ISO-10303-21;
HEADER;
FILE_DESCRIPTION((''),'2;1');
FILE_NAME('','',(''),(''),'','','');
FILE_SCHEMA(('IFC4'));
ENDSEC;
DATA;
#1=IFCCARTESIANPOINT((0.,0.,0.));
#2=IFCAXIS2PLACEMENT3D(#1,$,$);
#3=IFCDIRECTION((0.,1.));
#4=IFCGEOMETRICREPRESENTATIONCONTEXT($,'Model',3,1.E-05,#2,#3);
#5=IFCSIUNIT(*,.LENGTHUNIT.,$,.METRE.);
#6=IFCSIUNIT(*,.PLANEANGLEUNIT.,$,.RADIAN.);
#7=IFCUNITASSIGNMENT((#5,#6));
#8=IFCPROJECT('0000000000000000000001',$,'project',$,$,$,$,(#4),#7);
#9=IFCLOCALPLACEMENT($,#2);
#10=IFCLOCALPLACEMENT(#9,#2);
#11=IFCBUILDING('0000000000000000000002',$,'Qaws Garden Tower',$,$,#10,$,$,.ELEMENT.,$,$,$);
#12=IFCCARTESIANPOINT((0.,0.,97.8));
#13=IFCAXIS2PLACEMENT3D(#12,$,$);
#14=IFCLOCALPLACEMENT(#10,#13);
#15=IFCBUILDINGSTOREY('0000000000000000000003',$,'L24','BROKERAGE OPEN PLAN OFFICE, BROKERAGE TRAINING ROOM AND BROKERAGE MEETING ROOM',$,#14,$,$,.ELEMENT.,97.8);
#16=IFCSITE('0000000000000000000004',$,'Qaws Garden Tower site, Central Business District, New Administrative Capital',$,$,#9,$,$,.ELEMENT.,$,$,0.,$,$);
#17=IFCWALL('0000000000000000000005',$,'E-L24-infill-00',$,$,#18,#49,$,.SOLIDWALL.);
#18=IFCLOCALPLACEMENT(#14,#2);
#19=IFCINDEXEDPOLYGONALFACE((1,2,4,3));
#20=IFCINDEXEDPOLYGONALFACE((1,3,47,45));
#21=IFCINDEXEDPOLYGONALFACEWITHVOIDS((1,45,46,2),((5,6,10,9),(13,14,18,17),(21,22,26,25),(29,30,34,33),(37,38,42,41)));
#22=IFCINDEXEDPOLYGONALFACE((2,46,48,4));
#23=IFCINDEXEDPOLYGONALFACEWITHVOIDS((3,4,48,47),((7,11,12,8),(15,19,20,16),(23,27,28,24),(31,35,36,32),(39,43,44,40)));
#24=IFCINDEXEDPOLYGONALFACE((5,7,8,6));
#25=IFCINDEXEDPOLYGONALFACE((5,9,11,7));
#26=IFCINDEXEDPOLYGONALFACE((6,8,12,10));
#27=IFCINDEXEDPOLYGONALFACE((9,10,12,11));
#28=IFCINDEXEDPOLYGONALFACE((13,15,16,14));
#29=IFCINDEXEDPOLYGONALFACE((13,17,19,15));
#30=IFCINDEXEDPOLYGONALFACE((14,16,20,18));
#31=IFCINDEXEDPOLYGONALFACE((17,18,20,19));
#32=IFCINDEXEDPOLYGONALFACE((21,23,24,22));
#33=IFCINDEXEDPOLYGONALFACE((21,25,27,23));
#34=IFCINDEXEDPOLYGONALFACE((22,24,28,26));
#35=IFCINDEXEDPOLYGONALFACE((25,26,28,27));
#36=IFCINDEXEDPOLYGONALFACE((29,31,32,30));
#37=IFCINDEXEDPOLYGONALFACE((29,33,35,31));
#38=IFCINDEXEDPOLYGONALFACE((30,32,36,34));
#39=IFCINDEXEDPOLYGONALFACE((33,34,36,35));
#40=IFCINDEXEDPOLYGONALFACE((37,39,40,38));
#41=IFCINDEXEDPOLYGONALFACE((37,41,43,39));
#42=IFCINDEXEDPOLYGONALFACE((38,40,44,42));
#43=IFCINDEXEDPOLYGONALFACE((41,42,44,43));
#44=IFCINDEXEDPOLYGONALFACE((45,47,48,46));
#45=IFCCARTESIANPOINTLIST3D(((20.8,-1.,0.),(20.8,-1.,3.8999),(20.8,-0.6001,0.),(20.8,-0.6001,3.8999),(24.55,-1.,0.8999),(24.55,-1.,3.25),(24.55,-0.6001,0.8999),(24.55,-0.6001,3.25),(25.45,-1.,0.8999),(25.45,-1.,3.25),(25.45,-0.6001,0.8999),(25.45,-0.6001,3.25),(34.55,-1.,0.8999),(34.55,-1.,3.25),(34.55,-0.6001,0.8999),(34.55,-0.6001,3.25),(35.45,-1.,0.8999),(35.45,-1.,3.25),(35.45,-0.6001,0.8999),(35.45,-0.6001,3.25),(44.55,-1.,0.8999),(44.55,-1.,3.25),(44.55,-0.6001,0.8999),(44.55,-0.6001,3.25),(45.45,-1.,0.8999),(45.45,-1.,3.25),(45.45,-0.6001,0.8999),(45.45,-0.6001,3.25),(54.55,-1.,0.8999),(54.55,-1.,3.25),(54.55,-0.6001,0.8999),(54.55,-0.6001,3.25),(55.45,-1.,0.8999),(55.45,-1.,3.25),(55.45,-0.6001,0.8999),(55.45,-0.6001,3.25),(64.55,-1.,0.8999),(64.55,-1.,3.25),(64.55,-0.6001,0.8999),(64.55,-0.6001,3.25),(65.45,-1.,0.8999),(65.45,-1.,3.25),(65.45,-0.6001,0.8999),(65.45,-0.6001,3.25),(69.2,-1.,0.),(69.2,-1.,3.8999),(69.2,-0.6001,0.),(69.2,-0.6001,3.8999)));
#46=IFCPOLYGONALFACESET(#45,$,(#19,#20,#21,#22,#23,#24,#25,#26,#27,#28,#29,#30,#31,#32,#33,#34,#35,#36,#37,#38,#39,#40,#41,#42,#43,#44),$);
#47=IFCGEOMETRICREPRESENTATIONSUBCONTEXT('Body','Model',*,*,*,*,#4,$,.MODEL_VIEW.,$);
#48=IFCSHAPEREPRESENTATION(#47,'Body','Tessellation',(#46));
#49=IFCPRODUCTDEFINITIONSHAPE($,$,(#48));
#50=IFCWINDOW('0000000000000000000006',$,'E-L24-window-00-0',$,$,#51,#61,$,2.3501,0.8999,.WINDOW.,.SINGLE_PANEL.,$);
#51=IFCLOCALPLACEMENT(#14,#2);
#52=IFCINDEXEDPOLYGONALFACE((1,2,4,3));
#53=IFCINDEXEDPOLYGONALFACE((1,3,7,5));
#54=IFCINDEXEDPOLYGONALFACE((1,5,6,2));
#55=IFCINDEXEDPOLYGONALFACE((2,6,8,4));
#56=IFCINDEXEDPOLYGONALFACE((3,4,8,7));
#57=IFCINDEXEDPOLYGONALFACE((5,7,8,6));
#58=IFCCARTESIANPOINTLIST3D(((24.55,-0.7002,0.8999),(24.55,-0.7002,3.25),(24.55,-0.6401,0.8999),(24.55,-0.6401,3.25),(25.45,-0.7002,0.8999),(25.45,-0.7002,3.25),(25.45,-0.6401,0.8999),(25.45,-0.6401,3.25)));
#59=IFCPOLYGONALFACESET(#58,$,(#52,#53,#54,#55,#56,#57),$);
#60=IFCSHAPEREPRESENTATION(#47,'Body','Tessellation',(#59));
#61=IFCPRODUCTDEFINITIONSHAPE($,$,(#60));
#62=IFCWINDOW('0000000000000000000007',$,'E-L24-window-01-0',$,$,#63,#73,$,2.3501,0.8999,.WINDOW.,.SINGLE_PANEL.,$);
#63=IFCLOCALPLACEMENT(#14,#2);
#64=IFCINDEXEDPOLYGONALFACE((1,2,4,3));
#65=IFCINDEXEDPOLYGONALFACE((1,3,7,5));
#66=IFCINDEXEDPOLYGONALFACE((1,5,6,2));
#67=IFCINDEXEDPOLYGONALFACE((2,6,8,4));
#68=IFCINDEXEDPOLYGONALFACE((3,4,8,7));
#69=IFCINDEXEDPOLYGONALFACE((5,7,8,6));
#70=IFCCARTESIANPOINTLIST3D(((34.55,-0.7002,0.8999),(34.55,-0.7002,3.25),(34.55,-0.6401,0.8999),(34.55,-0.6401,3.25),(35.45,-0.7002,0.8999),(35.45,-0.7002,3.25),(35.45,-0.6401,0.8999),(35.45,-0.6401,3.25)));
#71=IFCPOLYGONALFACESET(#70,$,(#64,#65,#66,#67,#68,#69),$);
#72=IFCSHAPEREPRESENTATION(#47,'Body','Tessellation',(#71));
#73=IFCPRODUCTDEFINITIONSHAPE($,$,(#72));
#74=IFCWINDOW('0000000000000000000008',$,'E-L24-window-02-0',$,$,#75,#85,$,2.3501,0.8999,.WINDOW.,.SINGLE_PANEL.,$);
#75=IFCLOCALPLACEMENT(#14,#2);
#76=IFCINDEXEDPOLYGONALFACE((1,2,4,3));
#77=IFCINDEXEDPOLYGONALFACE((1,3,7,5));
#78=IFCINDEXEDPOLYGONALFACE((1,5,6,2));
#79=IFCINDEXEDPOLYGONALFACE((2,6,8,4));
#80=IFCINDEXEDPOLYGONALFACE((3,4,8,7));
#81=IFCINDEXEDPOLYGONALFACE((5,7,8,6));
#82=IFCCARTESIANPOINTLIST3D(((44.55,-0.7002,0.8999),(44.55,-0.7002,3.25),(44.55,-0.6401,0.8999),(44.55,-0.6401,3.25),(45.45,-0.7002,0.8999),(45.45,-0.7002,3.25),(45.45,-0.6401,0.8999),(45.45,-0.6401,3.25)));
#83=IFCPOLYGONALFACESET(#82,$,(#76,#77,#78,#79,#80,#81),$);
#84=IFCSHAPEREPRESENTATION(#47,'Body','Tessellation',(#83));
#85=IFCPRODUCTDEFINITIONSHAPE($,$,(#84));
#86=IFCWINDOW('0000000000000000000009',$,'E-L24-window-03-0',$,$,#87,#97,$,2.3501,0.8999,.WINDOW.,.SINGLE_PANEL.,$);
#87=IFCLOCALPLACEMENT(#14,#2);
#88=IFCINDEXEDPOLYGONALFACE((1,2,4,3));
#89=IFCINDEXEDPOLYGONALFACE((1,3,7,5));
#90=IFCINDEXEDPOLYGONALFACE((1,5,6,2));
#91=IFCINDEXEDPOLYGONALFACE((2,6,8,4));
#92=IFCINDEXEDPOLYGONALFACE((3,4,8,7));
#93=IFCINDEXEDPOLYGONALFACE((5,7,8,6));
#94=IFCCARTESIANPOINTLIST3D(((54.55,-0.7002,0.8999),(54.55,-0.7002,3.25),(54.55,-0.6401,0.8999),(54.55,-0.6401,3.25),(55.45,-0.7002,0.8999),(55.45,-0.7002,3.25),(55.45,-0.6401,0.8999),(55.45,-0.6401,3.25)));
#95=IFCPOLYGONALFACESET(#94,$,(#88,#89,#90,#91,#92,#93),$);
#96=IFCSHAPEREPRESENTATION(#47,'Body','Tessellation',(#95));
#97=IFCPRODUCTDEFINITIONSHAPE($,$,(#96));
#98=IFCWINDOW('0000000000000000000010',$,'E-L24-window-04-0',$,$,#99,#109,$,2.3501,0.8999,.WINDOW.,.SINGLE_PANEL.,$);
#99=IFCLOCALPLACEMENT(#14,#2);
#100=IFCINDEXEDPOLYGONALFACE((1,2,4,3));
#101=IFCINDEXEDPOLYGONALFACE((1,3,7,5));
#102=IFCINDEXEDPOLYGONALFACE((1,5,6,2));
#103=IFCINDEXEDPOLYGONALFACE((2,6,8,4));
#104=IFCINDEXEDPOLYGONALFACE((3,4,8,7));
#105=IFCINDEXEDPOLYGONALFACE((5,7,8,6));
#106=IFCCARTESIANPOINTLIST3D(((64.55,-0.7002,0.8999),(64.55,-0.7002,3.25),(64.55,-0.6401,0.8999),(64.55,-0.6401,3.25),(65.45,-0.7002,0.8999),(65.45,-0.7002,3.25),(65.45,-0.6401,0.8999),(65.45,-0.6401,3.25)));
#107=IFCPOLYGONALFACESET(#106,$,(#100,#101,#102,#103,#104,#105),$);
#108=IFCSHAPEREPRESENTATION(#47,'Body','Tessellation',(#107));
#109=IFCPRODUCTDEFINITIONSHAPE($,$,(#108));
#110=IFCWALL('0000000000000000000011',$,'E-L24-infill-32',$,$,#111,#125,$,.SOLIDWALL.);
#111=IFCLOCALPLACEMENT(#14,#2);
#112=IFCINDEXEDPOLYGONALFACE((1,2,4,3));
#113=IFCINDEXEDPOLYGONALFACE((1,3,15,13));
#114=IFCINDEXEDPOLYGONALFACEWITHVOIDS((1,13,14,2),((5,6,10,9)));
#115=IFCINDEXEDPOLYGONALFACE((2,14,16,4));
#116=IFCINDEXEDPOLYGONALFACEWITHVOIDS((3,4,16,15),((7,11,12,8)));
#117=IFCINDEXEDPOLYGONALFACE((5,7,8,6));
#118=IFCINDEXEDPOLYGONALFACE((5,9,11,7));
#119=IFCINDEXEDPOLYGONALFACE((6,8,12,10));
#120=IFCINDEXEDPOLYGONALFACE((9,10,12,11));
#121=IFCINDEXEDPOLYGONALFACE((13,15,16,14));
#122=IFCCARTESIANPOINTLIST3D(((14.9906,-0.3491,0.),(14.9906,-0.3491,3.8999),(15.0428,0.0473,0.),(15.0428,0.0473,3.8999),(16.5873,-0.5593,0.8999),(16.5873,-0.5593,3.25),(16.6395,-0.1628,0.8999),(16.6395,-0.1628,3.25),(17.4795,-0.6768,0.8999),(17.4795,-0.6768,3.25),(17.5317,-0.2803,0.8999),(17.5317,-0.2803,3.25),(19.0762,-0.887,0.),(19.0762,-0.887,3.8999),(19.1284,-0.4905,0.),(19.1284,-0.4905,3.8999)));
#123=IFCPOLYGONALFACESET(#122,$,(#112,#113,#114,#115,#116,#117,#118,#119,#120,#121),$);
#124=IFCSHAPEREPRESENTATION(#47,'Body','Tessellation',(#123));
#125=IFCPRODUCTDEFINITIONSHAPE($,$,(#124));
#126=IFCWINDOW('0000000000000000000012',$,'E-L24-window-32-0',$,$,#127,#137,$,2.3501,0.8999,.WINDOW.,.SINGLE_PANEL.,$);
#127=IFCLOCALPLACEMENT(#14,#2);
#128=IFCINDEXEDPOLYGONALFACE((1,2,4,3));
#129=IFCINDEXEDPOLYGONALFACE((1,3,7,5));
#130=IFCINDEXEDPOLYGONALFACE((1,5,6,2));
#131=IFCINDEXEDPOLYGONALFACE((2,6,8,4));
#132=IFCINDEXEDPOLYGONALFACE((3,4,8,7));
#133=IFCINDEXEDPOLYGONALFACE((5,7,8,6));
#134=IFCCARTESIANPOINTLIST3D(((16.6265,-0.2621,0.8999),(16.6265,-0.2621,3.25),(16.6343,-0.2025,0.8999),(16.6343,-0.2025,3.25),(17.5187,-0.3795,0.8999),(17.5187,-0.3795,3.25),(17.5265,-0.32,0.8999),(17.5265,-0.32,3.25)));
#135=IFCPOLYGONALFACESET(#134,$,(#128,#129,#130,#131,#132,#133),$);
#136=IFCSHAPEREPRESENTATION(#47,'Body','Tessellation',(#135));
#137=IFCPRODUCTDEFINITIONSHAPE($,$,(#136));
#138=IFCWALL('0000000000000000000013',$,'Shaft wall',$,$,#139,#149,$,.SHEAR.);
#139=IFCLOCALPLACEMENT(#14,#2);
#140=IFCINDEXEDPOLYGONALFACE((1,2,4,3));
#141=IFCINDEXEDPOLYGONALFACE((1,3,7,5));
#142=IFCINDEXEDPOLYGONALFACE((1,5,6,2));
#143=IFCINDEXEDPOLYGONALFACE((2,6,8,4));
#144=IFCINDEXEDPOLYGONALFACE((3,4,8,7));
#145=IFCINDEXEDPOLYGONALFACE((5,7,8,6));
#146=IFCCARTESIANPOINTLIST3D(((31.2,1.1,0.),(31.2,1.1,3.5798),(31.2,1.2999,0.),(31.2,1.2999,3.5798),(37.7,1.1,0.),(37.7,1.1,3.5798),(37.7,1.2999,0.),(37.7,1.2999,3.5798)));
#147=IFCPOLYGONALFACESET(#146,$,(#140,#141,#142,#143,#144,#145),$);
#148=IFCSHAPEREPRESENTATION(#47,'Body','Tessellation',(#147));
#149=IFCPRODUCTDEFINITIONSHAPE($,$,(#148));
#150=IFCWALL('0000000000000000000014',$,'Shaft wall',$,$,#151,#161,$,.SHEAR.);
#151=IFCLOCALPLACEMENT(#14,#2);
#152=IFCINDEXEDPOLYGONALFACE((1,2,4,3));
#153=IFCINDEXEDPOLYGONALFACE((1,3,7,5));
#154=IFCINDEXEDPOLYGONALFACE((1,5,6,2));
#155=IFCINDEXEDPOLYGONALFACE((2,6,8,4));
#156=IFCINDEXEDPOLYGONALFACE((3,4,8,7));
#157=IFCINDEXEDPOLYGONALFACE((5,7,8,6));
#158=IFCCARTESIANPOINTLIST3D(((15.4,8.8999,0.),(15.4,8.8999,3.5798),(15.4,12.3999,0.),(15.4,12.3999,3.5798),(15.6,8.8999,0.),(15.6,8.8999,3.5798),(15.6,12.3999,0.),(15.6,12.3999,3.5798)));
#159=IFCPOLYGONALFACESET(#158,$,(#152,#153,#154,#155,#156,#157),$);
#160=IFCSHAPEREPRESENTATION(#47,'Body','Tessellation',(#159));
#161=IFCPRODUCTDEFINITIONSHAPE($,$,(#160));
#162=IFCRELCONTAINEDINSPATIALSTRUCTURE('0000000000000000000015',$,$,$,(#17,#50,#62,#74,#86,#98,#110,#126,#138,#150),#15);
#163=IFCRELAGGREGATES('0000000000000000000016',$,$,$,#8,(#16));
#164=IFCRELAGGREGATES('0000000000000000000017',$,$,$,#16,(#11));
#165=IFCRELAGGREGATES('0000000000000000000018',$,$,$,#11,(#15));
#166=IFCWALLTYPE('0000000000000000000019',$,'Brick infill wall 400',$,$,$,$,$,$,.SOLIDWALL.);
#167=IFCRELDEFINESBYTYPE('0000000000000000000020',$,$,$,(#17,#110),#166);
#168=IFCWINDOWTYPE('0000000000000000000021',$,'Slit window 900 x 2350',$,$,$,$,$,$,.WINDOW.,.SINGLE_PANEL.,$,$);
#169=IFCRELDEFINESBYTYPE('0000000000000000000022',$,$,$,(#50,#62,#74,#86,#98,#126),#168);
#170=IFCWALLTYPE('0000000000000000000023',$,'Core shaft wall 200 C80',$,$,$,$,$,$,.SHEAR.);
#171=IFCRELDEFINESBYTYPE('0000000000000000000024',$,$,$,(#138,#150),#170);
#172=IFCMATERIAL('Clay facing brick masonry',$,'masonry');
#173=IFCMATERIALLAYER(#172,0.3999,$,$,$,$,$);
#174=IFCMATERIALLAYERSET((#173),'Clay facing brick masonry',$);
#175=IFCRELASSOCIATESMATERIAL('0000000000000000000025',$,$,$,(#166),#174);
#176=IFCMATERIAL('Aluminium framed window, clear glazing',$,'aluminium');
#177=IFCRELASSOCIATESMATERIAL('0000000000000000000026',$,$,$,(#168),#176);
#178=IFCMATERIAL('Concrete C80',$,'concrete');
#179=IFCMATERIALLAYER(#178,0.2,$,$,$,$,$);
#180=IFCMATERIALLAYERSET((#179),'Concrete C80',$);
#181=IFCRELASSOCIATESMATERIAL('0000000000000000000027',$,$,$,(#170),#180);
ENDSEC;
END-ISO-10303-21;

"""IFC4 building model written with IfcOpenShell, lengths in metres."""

from ifc_helpers import new_model, si_unit, direction, frame, frame_2d, origin, place, context, subcontext, project, spatial, rectangle, extrude, material, layer, layer_set, type_object, element, fill, save


model = new_model("IFC4")

# Units and contexts
model_context = context("Model", 3, precision=1e-05, world=origin(), true_north=direction((0.0, 1.0)))
body_context = subcontext(model_context, "Body", "Model", "MODEL_VIEW")
ifc_project = project(units=[si_unit("LENGTHUNIT", "METRE"), si_unit("PLANEANGLEUNIT", "RADIAN")], contexts=[model_context])

# Site, building, storey
site_placement = place(None, origin())
site = spatial("IfcSite", under=ifc_project, at=site_placement, Name="Qaws Garden Tower site, Central Business District, New Administrative Capital", CompositionType="ELEMENT", RefElevation=0.0)
building_placement = place(site_placement, origin())
building = spatial("IfcBuilding", under=site, at=building_placement, Name="Qaws Garden Tower", CompositionType="ELEMENT")
storey_placement = place(building_placement, frame((0.0, 0.0, 97.8)))
storey = spatial("IfcBuildingStorey", under=building, at=storey_placement, Name="L24", Description="BROKERAGE OPEN PLAN OFFICE, BROKERAGE TRAINING ROOM AND BROKERAGE MEETING ROOM", CompositionType="ELEMENT", Elevation=97.8)

# Wall, openings, windows
ifc_material_1 = material(Name="Clay facing brick masonry", Category="masonry")
ifc_layer_1 = layer(ifc_material_1, 0.3999)
ifc_layer_set_1 = layer_set([ifc_layer_1], Name="Clay facing brick masonry")
wall_type_1 = type_object("IfcWallType", Name="Brick infill wall 400", PredefinedType="SOLIDWALL", material=ifc_layer_set_1)
wall_1_placement = place(storey_placement, frame((20.8, -0.8, 0.0), z_axis=(0.0, 0.0, 1.0), x_axis=(1.0, 0.0, 0.0)))
wall_1 = element("IfcWall", 1, at=wall_1_placement, inside=storey, type_object=wall_type_1, Name="E-L24-infill-00", PredefinedType="SOLIDWALL", context=body_context, shape_type="SweptSolid", body=[
    extrude(rectangle(XDim=48.3999, YDim=0.3999, at=frame_2d((24.2, 0.0))), origin(), (0.0, 0.0, 1.0), 3.8999),
])
opening_1_placement = place(wall_1_placement, frame((3.75, 0.0, 0.8999)))
opening_1 = element("IfcOpeningElement", 2, at=opening_1_placement, cuts=wall_1, PredefinedType="OPENING", context=body_context, shape_type="SweptSolid", body=[
    extrude(rectangle(XDim=0.8999, YDim=2.3501, at=frame_2d((0.45, 1.175))), frame((0.0, 0.21, 0.0), z_axis=(0.0, -1.0, 0.0), x_axis=(1.0, 0.0, 0.0)), (0.0, 0.0, 1.0), 0.4199),
])
opening_2_placement = place(wall_1_placement, frame((13.75, 0.0, 0.8999)))
opening_2 = element("IfcOpeningElement", 3, at=opening_2_placement, cuts=wall_1, PredefinedType="OPENING", context=body_context, shape_type="SweptSolid", body=[
    extrude(rectangle(XDim=0.8999, YDim=2.3501, at=frame_2d((0.45, 1.175))), frame((0.0, 0.21, 0.0), z_axis=(0.0, -1.0, 0.0), x_axis=(1.0, 0.0, 0.0)), (0.0, 0.0, 1.0), 0.4199),
])
opening_3_placement = place(wall_1_placement, frame((23.75, 0.0, 0.8999)))
opening_3 = element("IfcOpeningElement", 4, at=opening_3_placement, cuts=wall_1, PredefinedType="OPENING", context=body_context, shape_type="SweptSolid", body=[
    extrude(rectangle(XDim=0.8999, YDim=2.3501, at=frame_2d((0.45, 1.175))), frame((0.0, 0.21, 0.0), z_axis=(0.0, -1.0, 0.0), x_axis=(1.0, 0.0, 0.0)), (0.0, 0.0, 1.0), 0.4199),
])
opening_4_placement = place(wall_1_placement, frame((33.75, 0.0, 0.8999)))
opening_4 = element("IfcOpeningElement", 5, at=opening_4_placement, cuts=wall_1, PredefinedType="OPENING", context=body_context, shape_type="SweptSolid", body=[
    extrude(rectangle(XDim=0.8999, YDim=2.3501, at=frame_2d((0.45, 1.175))), frame((0.0, 0.21, 0.0), z_axis=(0.0, -1.0, 0.0), x_axis=(1.0, 0.0, 0.0)), (0.0, 0.0, 1.0), 0.4199),
])
opening_5_placement = place(wall_1_placement, frame((43.75, 0.0, 0.8999)))
opening_5 = element("IfcOpeningElement", 6, at=opening_5_placement, cuts=wall_1, PredefinedType="OPENING", context=body_context, shape_type="SweptSolid", body=[
    extrude(rectangle(XDim=0.8999, YDim=2.3501, at=frame_2d((0.45, 1.175))), frame((0.0, 0.21, 0.0), z_axis=(0.0, -1.0, 0.0), x_axis=(1.0, 0.0, 0.0)), (0.0, 0.0, 1.0), 0.4199),
])
ifc_material_2 = material(Name="Aluminium framed window, clear glazing", Category="aluminium")
window_type = type_object("IfcWindowType", Name="Slit window 900 x 2350", PartitioningType="SINGLE_PANEL", PredefinedType="WINDOW", material=ifc_material_2)
window_1_placement = place(opening_1_placement, origin())
window_1 = element("IfcWindow", 7, at=window_1_placement, inside=storey, type_object=window_type, Name="E-L24-window-00-0", OverallHeight=2.3501, OverallWidth=0.8999, PartitioningType="SINGLE_PANEL", PredefinedType="WINDOW", context=body_context, shape_type="SweptSolid", body=[
    extrude(rectangle(XDim=0.8999, YDim=2.3501, at=frame_2d((0.45, 1.175))), frame((0.0, 0.1599, 0.0), z_axis=(0.0, -1.0, 0.0), x_axis=(1.0, 0.0, 0.0)), (0.0, 0.0, 1.0), 0.0601),
])
fill(opening_1, window_1)
window_2_placement = place(opening_2_placement, origin())
window_2 = element("IfcWindow", 8, at=window_2_placement, inside=storey, type_object=window_type, Name="E-L24-window-01-0", OverallHeight=2.3501, OverallWidth=0.8999, PartitioningType="SINGLE_PANEL", PredefinedType="WINDOW", context=body_context, shape_type="SweptSolid", body=[
    extrude(rectangle(XDim=0.8999, YDim=2.3501, at=frame_2d((0.45, 1.175))), frame((0.0, 0.1599, 0.0), z_axis=(0.0, -1.0, 0.0), x_axis=(1.0, 0.0, 0.0)), (0.0, 0.0, 1.0), 0.0601),
])
fill(opening_2, window_2)
window_3_placement = place(opening_3_placement, origin())
window_3 = element("IfcWindow", 9, at=window_3_placement, inside=storey, type_object=window_type, Name="E-L24-window-02-0", OverallHeight=2.3501, OverallWidth=0.8999, PartitioningType="SINGLE_PANEL", PredefinedType="WINDOW", context=body_context, shape_type="SweptSolid", body=[
    extrude(rectangle(XDim=0.8999, YDim=2.3501, at=frame_2d((0.45, 1.175))), frame((0.0, 0.1599, 0.0), z_axis=(0.0, -1.0, 0.0), x_axis=(1.0, 0.0, 0.0)), (0.0, 0.0, 1.0), 0.0601),
])
fill(opening_3, window_3)
window_4_placement = place(opening_4_placement, origin())
window_4 = element("IfcWindow", 10, at=window_4_placement, inside=storey, type_object=window_type, Name="E-L24-window-03-0", OverallHeight=2.3501, OverallWidth=0.8999, PartitioningType="SINGLE_PANEL", PredefinedType="WINDOW", context=body_context, shape_type="SweptSolid", body=[
    extrude(rectangle(XDim=0.8999, YDim=2.3501, at=frame_2d((0.45, 1.175))), frame((0.0, 0.1599, 0.0), z_axis=(0.0, -1.0, 0.0), x_axis=(1.0, 0.0, 0.0)), (0.0, 0.0, 1.0), 0.0601),
])
fill(opening_4, window_4)
window_5_placement = place(opening_5_placement, origin())
window_5 = element("IfcWindow", 11, at=window_5_placement, inside=storey, type_object=window_type, Name="E-L24-window-04-0", OverallHeight=2.3501, OverallWidth=0.8999, PartitioningType="SINGLE_PANEL", PredefinedType="WINDOW", context=body_context, shape_type="SweptSolid", body=[
    extrude(rectangle(XDim=0.8999, YDim=2.3501, at=frame_2d((0.45, 1.175))), frame((0.0, 0.1599, 0.0), z_axis=(0.0, -1.0, 0.0), x_axis=(1.0, 0.0, 0.0)), (0.0, 0.0, 1.0), 0.0601),
])
fill(opening_5, window_5)

# Wall, opening, window
wall_2_placement = place(storey_placement, frame((15.0166, -0.1509, 0.0), z_axis=(0.0, 0.0, 1.0), x_axis=(0.991446, -0.130514, 0.0)))
wall_2 = element("IfcWall", 12, at=wall_2_placement, inside=storey, type_object=wall_type_1, Name="E-L24-infill-32", PredefinedType="SOLIDWALL", context=body_context, shape_type="SweptSolid", body=[
    extrude(rectangle(XDim=4.1208, YDim=0.3999, at=frame_2d((2.0605, 0.0))), origin(), (0.0, 0.0, 1.0), 3.8999),
])
opening_6_placement = place(wall_2_placement, frame((1.6106, 0.0, 0.8999)))
opening_6 = element("IfcOpeningElement", 13, at=opening_6_placement, cuts=wall_2, PredefinedType="OPENING", context=body_context, shape_type="SweptSolid", body=[
    extrude(rectangle(XDim=0.8999, YDim=2.3501, at=frame_2d((0.45, 1.175))), frame((0.0, 0.21, 0.0), z_axis=(0.0, -1.0, 0.0), x_axis=(1.0, 0.0, 0.0)), (0.0, 0.0, 1.0), 0.4199),
])
window_6_placement = place(opening_6_placement, origin())
window_6 = element("IfcWindow", 14, at=window_6_placement, inside=storey, type_object=window_type, Name="E-L24-window-32-0", OverallHeight=2.3501, OverallWidth=0.8999, PartitioningType="SINGLE_PANEL", PredefinedType="WINDOW", context=body_context, shape_type="SweptSolid", body=[
    extrude(rectangle(XDim=0.8999, YDim=2.3501, at=frame_2d((0.45, 1.175))), frame((0.0, 0.1599, 0.0), z_axis=(0.0, -1.0, 0.0), x_axis=(1.0, 0.0, 0.0)), (0.0, 0.0, 1.0), 0.0601),
])
fill(opening_6, window_6)

# Walls
ifc_material_3 = material(Name="Concrete C80", Category="concrete")
ifc_layer_2 = layer(ifc_material_3, 0.2)
ifc_layer_set_2 = layer_set([ifc_layer_2], Name="Concrete C80")
wall_type_2 = type_object("IfcWallType", Name="Core shaft wall 200 C80", PredefinedType="SHEAR", material=ifc_layer_set_2)
wall_3_placement = place(storey_placement, frame((31.2, 1.2, 0.0), z_axis=(0.0, 0.0, 1.0), x_axis=(1.0, 0.0, 0.0)))
element("IfcWall", 15, at=wall_3_placement, inside=storey, type_object=wall_type_2, Name="Shaft wall", PredefinedType="SHEAR", context=body_context, shape_type="SweptSolid", body=[
    extrude(rectangle(XDim=6.5, YDim=0.2, at=frame_2d((3.25, 0.0))), origin(), (0.0, 0.0, 1.0), 3.5798),
])
for number, where, z_axis, x_axis, name in (
    (16, (15.5, 8.8999, 0.0), (0.0, 0.0, 1.0), (0.0, 1.0, 0.0), "Shaft wall"),
):
    element("IfcWall", number, at=place(storey_placement, frame(where, z_axis=z_axis, x_axis=x_axis)), inside=storey, type_object=wall_type_2, Name=name, PredefinedType="SHEAR", context=body_context, shape_type="SweptSolid", body=[
        extrude(rectangle(XDim=3.5, YDim=0.2, at=frame_2d((1.75, 0.0))), origin(), (0.0, 0.0, 1.0), 3.5798),
    ])

save(model, "model.ifc")
